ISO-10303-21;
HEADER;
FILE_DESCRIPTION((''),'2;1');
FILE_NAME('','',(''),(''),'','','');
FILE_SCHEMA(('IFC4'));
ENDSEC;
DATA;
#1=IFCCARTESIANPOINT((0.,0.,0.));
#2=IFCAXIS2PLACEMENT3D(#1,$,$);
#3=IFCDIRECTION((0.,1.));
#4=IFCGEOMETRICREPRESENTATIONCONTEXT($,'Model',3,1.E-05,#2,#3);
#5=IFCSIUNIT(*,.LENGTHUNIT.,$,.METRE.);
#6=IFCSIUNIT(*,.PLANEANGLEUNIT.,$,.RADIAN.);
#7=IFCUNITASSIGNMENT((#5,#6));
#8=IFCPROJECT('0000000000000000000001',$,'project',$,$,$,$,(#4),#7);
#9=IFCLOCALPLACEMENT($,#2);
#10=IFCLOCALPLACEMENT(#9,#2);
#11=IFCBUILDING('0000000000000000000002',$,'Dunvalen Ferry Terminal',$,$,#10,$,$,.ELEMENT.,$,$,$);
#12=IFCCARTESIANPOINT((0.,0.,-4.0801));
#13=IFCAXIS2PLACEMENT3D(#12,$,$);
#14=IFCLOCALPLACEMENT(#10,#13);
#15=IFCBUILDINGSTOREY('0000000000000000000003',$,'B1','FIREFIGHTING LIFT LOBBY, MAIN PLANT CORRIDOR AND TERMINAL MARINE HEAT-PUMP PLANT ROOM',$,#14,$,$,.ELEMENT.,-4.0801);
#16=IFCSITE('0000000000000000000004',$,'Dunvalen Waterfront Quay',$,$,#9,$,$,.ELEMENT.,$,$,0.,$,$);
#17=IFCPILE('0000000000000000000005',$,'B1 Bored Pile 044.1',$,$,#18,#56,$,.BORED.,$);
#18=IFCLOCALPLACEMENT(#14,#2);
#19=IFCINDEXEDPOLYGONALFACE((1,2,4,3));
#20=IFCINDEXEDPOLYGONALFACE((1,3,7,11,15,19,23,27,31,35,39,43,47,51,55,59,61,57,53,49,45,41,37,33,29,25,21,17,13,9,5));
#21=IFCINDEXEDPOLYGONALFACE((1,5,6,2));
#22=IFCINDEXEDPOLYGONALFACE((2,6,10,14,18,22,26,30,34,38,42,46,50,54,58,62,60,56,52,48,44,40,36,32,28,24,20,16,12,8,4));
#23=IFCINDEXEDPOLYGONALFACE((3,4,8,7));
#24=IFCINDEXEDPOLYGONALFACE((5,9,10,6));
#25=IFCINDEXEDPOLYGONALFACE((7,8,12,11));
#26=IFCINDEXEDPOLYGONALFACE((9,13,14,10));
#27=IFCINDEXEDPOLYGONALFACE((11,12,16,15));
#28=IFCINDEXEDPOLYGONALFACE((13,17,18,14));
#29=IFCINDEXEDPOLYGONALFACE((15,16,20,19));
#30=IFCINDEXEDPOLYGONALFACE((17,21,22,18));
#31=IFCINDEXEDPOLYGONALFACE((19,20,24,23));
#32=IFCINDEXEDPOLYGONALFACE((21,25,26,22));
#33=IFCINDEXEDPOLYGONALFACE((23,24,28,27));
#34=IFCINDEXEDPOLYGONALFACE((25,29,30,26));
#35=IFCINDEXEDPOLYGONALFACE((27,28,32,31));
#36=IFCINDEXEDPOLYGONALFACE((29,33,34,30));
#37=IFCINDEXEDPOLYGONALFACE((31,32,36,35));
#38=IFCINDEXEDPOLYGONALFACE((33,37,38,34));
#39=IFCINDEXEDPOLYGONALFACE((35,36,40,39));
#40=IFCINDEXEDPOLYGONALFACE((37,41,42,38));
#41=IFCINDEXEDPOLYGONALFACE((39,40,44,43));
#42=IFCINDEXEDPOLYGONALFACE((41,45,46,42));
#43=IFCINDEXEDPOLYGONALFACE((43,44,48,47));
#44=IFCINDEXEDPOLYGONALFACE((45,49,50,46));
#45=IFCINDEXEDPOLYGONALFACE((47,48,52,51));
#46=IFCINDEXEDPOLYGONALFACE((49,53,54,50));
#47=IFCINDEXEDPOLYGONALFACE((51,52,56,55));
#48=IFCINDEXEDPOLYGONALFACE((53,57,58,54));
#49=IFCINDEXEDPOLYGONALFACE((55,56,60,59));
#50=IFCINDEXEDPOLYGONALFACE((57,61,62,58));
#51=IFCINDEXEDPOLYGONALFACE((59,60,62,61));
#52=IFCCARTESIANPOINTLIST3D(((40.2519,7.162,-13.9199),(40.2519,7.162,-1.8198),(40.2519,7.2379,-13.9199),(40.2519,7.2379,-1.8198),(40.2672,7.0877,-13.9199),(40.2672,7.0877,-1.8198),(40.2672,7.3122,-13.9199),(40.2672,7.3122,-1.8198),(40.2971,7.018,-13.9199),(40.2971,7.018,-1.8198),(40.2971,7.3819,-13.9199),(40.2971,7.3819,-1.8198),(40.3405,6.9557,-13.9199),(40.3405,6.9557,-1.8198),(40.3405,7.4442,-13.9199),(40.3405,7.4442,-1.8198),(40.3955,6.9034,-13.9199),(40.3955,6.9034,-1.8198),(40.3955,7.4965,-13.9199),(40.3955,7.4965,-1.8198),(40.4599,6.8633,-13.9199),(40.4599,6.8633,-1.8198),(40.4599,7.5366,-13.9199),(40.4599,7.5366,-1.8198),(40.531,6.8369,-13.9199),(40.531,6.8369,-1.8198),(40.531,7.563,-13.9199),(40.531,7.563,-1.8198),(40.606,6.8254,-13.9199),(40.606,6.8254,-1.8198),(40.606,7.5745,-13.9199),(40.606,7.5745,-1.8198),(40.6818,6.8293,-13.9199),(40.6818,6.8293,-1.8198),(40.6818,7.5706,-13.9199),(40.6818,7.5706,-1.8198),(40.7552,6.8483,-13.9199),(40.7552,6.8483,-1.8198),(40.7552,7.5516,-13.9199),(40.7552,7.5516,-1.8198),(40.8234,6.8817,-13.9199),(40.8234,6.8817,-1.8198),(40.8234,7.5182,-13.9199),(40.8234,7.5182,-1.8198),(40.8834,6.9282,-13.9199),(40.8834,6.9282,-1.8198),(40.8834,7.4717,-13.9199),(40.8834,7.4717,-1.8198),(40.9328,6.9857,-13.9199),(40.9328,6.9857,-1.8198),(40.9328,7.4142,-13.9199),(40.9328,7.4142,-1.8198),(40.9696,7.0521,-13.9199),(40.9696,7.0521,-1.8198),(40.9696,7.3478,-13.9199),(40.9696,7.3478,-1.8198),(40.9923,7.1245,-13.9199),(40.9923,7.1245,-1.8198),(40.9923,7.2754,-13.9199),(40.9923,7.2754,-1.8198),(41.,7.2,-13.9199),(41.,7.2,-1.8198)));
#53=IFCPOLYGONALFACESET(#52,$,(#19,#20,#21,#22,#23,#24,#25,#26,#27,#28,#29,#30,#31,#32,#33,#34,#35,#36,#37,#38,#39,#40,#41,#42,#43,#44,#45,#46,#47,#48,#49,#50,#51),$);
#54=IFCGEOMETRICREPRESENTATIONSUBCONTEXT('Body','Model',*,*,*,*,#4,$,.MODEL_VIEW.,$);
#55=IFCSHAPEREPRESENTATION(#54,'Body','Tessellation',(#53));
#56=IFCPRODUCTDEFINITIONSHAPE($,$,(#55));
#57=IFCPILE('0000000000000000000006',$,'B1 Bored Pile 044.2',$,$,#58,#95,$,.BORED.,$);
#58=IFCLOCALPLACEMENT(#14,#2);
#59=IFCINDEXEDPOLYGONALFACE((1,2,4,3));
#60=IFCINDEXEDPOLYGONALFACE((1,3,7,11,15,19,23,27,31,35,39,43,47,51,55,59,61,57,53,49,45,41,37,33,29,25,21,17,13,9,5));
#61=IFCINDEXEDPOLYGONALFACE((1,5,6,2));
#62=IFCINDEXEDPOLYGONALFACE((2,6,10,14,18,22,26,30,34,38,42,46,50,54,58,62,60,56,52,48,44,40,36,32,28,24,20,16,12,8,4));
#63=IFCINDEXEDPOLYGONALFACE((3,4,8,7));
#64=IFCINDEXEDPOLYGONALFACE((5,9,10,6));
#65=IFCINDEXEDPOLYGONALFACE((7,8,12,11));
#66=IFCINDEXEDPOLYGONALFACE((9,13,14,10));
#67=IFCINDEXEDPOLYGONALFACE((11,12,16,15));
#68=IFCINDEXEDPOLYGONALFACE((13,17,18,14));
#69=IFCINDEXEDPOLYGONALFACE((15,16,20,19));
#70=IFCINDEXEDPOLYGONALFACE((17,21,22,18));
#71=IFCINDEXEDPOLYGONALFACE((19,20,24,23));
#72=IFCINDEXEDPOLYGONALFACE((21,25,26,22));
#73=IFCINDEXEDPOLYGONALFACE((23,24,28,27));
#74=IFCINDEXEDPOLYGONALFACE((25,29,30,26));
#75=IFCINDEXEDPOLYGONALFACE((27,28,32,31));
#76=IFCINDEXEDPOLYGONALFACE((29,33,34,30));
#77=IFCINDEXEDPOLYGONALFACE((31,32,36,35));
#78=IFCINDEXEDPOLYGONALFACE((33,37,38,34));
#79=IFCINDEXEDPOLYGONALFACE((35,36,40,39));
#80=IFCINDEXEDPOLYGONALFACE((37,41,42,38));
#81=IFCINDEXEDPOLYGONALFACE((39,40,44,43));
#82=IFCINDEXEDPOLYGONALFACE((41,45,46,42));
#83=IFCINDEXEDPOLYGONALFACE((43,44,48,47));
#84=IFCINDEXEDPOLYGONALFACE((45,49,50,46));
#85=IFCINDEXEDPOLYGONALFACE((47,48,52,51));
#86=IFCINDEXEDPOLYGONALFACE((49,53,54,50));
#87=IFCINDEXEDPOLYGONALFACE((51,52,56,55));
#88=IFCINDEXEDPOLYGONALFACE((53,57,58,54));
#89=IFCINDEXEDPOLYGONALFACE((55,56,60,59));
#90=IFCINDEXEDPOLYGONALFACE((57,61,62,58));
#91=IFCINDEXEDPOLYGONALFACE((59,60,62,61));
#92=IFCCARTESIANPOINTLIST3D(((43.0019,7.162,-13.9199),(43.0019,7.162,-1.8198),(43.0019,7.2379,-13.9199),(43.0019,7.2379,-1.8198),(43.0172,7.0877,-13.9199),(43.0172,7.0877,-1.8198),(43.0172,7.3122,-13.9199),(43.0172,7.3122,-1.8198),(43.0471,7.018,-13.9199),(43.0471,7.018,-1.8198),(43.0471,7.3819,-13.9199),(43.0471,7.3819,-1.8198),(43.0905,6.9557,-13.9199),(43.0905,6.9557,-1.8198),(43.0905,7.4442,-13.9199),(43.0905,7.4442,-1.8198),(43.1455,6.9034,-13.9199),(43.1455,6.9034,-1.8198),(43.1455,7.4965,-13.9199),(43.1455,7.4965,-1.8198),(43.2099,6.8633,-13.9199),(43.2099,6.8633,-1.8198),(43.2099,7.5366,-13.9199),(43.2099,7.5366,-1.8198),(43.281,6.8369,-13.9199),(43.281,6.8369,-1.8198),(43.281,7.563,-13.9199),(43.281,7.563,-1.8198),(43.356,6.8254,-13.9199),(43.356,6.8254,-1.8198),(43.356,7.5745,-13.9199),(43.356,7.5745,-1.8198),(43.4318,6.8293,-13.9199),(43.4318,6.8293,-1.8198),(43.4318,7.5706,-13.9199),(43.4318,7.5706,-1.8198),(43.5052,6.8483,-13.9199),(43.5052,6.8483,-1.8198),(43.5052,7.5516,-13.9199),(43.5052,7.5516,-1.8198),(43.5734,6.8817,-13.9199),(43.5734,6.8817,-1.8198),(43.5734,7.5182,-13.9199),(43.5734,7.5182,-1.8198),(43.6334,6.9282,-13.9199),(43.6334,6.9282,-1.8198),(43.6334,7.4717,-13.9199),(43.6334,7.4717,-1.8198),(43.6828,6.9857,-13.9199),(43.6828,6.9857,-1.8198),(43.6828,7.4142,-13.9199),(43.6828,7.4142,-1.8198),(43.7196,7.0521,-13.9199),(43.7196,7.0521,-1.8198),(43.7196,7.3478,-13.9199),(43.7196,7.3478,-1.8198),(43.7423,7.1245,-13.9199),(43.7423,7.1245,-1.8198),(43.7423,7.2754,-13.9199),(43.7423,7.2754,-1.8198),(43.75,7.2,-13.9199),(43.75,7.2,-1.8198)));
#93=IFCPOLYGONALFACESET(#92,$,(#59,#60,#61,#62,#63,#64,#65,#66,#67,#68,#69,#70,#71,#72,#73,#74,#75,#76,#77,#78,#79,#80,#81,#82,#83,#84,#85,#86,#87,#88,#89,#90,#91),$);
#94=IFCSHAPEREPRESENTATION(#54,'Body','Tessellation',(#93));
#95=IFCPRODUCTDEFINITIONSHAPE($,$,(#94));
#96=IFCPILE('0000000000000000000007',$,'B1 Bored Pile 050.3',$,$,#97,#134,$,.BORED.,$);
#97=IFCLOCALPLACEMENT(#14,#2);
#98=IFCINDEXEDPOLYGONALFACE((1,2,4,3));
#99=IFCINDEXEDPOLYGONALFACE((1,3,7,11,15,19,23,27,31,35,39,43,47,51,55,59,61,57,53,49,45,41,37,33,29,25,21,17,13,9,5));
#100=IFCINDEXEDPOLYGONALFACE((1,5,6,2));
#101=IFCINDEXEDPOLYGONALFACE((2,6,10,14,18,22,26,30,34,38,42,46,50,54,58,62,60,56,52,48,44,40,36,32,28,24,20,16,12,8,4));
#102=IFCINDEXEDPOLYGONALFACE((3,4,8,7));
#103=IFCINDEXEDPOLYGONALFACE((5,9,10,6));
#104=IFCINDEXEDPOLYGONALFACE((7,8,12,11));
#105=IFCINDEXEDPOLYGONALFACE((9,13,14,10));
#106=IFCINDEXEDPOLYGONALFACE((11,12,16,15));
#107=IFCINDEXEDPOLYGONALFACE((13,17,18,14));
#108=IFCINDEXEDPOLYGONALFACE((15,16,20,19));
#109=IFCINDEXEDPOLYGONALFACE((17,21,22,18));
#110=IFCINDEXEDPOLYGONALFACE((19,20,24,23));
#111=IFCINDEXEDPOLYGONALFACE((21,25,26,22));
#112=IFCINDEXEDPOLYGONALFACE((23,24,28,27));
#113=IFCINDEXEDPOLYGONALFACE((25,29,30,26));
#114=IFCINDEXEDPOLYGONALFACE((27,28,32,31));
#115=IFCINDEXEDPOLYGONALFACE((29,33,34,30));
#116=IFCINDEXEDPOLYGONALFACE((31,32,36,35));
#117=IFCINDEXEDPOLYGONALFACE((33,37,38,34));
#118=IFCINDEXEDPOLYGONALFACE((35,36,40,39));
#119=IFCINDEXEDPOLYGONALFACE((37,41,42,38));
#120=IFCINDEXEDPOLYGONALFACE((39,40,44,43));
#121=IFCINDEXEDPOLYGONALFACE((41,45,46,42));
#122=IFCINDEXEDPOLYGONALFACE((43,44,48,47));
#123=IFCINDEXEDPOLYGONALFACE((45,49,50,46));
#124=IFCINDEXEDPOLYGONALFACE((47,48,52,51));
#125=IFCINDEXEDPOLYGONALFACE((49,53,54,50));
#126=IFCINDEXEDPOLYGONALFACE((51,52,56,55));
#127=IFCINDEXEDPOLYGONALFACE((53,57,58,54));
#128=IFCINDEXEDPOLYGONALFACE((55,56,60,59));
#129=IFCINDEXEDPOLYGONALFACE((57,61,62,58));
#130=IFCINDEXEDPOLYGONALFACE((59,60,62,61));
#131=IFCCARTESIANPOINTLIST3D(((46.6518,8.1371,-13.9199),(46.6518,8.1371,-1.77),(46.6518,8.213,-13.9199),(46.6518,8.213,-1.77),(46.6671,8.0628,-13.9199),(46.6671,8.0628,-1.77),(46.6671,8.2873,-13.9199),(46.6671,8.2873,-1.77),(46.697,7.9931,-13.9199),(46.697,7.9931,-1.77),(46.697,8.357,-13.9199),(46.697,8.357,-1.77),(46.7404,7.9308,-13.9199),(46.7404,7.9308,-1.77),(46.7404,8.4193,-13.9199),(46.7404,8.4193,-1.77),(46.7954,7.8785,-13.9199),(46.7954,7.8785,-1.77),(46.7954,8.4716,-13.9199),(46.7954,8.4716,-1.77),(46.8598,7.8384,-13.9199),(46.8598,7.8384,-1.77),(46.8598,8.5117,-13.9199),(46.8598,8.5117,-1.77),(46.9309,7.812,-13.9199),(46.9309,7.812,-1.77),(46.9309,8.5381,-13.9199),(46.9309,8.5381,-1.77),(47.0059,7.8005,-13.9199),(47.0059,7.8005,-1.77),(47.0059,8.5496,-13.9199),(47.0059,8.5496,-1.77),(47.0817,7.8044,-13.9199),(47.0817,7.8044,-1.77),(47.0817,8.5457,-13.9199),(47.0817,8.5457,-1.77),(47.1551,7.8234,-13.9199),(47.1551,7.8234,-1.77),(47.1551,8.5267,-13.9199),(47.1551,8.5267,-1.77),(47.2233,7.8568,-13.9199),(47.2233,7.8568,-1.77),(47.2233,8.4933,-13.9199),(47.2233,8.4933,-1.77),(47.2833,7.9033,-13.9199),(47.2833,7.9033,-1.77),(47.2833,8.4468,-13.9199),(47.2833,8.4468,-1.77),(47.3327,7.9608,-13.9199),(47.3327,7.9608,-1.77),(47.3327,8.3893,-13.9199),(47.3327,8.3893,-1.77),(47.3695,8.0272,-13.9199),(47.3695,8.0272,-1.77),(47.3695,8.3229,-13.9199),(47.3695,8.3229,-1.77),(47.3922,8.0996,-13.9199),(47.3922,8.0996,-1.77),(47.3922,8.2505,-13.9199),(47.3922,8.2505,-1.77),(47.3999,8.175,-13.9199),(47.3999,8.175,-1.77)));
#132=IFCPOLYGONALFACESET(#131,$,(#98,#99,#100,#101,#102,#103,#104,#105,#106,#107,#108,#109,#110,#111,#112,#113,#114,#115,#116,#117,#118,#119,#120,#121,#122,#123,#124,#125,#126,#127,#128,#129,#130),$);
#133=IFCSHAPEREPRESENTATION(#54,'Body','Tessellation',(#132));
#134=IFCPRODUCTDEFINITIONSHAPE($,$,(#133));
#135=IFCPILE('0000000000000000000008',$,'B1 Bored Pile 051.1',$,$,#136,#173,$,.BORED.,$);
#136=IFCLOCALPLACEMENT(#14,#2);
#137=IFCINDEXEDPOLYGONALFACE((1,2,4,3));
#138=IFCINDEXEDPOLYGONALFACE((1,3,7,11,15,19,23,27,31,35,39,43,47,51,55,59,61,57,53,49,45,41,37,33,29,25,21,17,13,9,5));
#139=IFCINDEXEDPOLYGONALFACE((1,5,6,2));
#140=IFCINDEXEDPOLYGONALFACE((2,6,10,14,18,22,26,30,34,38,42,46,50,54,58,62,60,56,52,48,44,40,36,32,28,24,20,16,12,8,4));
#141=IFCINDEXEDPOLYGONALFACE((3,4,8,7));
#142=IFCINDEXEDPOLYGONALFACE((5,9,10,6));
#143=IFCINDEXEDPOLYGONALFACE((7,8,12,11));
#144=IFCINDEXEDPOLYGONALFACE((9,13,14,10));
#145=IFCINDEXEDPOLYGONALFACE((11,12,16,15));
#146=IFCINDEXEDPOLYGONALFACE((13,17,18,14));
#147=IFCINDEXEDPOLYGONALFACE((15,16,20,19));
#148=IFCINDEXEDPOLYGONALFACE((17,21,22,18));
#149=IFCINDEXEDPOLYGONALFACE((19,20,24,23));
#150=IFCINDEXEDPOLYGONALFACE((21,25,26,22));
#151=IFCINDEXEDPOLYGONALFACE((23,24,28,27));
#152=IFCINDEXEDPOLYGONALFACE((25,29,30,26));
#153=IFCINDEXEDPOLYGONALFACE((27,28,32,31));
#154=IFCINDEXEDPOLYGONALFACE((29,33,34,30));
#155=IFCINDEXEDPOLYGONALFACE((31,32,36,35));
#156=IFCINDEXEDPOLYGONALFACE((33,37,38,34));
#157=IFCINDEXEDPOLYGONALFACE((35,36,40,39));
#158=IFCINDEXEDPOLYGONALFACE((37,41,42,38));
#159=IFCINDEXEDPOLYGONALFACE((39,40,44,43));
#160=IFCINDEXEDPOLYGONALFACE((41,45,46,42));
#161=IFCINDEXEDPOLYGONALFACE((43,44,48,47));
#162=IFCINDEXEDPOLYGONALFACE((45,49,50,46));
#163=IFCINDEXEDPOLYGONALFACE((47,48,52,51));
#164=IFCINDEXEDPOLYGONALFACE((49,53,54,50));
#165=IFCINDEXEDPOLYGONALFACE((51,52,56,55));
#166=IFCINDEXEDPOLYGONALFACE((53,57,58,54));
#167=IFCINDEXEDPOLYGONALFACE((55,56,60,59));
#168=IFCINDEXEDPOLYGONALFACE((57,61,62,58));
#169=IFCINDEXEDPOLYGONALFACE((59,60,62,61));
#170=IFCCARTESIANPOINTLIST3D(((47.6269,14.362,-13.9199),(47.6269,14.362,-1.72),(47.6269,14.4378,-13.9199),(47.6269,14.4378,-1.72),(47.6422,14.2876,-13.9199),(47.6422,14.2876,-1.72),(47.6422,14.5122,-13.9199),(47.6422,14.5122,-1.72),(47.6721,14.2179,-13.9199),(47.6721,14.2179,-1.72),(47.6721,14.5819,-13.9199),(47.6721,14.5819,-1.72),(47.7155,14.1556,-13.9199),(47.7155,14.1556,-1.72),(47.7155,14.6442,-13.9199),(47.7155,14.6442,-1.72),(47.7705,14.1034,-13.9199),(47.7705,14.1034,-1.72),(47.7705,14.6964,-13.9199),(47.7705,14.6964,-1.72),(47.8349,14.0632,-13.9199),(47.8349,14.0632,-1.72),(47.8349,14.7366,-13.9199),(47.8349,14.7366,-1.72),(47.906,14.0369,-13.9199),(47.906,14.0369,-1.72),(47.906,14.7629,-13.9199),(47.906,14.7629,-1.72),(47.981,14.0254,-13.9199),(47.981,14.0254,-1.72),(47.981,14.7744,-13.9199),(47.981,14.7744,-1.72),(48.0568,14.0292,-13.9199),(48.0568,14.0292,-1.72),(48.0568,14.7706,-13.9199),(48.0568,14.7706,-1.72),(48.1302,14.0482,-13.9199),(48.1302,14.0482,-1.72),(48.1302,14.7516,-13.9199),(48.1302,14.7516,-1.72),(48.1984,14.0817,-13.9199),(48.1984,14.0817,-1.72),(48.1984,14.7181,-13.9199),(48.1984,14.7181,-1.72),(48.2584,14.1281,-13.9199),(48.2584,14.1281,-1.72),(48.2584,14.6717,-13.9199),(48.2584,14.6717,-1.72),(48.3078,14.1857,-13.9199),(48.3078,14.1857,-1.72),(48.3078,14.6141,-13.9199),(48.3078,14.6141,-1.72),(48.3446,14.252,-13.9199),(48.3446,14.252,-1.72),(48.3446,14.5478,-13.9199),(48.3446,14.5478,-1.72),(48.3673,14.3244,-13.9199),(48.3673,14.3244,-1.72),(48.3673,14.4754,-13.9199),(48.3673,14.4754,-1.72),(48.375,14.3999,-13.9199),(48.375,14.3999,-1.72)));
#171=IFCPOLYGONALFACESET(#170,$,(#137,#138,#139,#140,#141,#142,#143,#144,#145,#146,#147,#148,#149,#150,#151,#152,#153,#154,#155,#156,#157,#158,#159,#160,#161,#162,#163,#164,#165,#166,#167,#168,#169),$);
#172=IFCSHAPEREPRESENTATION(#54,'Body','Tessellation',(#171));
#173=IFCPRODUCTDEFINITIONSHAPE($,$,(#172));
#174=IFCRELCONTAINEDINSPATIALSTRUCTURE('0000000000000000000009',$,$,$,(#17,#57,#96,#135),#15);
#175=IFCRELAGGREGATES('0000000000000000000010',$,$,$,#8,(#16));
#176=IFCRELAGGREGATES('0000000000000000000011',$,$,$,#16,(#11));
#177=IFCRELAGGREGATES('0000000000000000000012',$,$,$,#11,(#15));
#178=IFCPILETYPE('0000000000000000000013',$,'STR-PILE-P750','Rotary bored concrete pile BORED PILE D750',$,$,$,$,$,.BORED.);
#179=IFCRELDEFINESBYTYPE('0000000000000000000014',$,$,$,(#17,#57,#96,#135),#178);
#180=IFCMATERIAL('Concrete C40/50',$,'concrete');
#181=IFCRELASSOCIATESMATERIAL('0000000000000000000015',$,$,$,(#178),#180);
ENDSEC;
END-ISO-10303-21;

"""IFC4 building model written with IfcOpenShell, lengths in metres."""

from ifc_helpers import new_model, si_unit, direction, frame, origin, origin_2d, place, context, subcontext, project, spatial, circle, extrude, material, material_profile, profile_set, type_object, element, save


model = new_model("IFC4")

# Units and contexts
model_context = context("Model", 3, precision=1e-05, world=origin(), true_north=direction((0.0, 1.0)))
body_context = subcontext(model_context, "Body", "Model", "MODEL_VIEW")
ifc_project = project(units=[si_unit("LENGTHUNIT", "METRE"), si_unit("PLANEANGLEUNIT", "RADIAN")], contexts=[model_context])

# Site, building, storey
site_placement = place(None, origin())
site = spatial("IfcSite", under=ifc_project, at=site_placement, Name="Dunvalen Waterfront Quay", CompositionType="ELEMENT", RefElevation=0.0)
building_placement = place(site_placement, origin())
building = spatial("IfcBuilding", under=site, at=building_placement, Name="Dunvalen Ferry Terminal", CompositionType="ELEMENT")
storey_placement = place(building_placement, frame((0.0, 0.0, -4.0801)))
storey = spatial("IfcBuildingStorey", under=building, at=storey_placement, Name="B1", Description="FIREFIGHTING LIFT LOBBY, MAIN PLANT CORRIDOR AND TERMINAL MARINE HEAT-PUMP PLANT ROOM", CompositionType="ELEMENT", Elevation=-4.0801)

# Shared definitions
ifc_material_1 = material(Name="Concrete C40/50", Category="concrete")

# Piles
ifc_material_profile_1 = material_profile(ifc_material_1, circle(Radius=0.375, at=origin_2d()), Name="Concrete C40/50")
ifc_profile_set_1 = profile_set([ifc_material_profile_1], Name="Concrete C40/50")
pile_type_1 = type_object("IfcPileType", Name="STR-PILE-P750", Description="Rotary bored concrete pile BORED PILE D750", PredefinedType="BORED", material=ifc_profile_set_1)
for number, where, z_axis, x_axis, name in (
    (1, (40.625, 7.2, -1.8198), (0.0, 0.0, -1.0), (1.0, 0.0, 0.0), "B1 Bored Pile 044.1"),
    (2, (43.375, 7.2, -1.8198), (0.0, 0.0, -1.0), (1.0, 0.0, 0.0), "B1 Bored Pile 044.2"),
):
    element("IfcPile", number, at=place(storey_placement, frame(where, z_axis=z_axis, x_axis=x_axis)), inside=storey, type_object=pile_type_1, Name=name, PredefinedType="BORED", context=body_context, shape_type="SweptSolid", body=[
        extrude(circle(Radius=0.375, at=origin_2d()), origin(), (0.0, 0.0, 1.0), 12.1001),
    ])
pile_1_placement = place(storey_placement, frame((47.0249, 8.175, -1.77), z_axis=(0.0, 0.0, -1.0), x_axis=(1.0, 0.0, 0.0)))
element("IfcPile", 3, at=pile_1_placement, inside=storey, type_object=pile_type_1, Name="B1 Bored Pile 050.3", PredefinedType="BORED", context=body_context, shape_type="SweptSolid", body=[
    extrude(circle(Radius=0.375, at=origin_2d()), origin(), (0.0, 0.0, 1.0), 12.1499),
])
pile_2_placement = place(storey_placement, frame((48.0, 14.3999, -1.72), z_axis=(0.0, 0.0, -1.0), x_axis=(1.0, 0.0, 0.0)))
element("IfcPile", 4, at=pile_2_placement, inside=storey, type_object=pile_type_1, Name="B1 Bored Pile 051.1", PredefinedType="BORED", context=body_context, shape_type="SweptSolid", body=[
    extrude(circle(Radius=0.375, at=origin_2d()), origin(), (0.0, 0.0, 1.0), 12.2),
])

save(model, "model.ifc")
